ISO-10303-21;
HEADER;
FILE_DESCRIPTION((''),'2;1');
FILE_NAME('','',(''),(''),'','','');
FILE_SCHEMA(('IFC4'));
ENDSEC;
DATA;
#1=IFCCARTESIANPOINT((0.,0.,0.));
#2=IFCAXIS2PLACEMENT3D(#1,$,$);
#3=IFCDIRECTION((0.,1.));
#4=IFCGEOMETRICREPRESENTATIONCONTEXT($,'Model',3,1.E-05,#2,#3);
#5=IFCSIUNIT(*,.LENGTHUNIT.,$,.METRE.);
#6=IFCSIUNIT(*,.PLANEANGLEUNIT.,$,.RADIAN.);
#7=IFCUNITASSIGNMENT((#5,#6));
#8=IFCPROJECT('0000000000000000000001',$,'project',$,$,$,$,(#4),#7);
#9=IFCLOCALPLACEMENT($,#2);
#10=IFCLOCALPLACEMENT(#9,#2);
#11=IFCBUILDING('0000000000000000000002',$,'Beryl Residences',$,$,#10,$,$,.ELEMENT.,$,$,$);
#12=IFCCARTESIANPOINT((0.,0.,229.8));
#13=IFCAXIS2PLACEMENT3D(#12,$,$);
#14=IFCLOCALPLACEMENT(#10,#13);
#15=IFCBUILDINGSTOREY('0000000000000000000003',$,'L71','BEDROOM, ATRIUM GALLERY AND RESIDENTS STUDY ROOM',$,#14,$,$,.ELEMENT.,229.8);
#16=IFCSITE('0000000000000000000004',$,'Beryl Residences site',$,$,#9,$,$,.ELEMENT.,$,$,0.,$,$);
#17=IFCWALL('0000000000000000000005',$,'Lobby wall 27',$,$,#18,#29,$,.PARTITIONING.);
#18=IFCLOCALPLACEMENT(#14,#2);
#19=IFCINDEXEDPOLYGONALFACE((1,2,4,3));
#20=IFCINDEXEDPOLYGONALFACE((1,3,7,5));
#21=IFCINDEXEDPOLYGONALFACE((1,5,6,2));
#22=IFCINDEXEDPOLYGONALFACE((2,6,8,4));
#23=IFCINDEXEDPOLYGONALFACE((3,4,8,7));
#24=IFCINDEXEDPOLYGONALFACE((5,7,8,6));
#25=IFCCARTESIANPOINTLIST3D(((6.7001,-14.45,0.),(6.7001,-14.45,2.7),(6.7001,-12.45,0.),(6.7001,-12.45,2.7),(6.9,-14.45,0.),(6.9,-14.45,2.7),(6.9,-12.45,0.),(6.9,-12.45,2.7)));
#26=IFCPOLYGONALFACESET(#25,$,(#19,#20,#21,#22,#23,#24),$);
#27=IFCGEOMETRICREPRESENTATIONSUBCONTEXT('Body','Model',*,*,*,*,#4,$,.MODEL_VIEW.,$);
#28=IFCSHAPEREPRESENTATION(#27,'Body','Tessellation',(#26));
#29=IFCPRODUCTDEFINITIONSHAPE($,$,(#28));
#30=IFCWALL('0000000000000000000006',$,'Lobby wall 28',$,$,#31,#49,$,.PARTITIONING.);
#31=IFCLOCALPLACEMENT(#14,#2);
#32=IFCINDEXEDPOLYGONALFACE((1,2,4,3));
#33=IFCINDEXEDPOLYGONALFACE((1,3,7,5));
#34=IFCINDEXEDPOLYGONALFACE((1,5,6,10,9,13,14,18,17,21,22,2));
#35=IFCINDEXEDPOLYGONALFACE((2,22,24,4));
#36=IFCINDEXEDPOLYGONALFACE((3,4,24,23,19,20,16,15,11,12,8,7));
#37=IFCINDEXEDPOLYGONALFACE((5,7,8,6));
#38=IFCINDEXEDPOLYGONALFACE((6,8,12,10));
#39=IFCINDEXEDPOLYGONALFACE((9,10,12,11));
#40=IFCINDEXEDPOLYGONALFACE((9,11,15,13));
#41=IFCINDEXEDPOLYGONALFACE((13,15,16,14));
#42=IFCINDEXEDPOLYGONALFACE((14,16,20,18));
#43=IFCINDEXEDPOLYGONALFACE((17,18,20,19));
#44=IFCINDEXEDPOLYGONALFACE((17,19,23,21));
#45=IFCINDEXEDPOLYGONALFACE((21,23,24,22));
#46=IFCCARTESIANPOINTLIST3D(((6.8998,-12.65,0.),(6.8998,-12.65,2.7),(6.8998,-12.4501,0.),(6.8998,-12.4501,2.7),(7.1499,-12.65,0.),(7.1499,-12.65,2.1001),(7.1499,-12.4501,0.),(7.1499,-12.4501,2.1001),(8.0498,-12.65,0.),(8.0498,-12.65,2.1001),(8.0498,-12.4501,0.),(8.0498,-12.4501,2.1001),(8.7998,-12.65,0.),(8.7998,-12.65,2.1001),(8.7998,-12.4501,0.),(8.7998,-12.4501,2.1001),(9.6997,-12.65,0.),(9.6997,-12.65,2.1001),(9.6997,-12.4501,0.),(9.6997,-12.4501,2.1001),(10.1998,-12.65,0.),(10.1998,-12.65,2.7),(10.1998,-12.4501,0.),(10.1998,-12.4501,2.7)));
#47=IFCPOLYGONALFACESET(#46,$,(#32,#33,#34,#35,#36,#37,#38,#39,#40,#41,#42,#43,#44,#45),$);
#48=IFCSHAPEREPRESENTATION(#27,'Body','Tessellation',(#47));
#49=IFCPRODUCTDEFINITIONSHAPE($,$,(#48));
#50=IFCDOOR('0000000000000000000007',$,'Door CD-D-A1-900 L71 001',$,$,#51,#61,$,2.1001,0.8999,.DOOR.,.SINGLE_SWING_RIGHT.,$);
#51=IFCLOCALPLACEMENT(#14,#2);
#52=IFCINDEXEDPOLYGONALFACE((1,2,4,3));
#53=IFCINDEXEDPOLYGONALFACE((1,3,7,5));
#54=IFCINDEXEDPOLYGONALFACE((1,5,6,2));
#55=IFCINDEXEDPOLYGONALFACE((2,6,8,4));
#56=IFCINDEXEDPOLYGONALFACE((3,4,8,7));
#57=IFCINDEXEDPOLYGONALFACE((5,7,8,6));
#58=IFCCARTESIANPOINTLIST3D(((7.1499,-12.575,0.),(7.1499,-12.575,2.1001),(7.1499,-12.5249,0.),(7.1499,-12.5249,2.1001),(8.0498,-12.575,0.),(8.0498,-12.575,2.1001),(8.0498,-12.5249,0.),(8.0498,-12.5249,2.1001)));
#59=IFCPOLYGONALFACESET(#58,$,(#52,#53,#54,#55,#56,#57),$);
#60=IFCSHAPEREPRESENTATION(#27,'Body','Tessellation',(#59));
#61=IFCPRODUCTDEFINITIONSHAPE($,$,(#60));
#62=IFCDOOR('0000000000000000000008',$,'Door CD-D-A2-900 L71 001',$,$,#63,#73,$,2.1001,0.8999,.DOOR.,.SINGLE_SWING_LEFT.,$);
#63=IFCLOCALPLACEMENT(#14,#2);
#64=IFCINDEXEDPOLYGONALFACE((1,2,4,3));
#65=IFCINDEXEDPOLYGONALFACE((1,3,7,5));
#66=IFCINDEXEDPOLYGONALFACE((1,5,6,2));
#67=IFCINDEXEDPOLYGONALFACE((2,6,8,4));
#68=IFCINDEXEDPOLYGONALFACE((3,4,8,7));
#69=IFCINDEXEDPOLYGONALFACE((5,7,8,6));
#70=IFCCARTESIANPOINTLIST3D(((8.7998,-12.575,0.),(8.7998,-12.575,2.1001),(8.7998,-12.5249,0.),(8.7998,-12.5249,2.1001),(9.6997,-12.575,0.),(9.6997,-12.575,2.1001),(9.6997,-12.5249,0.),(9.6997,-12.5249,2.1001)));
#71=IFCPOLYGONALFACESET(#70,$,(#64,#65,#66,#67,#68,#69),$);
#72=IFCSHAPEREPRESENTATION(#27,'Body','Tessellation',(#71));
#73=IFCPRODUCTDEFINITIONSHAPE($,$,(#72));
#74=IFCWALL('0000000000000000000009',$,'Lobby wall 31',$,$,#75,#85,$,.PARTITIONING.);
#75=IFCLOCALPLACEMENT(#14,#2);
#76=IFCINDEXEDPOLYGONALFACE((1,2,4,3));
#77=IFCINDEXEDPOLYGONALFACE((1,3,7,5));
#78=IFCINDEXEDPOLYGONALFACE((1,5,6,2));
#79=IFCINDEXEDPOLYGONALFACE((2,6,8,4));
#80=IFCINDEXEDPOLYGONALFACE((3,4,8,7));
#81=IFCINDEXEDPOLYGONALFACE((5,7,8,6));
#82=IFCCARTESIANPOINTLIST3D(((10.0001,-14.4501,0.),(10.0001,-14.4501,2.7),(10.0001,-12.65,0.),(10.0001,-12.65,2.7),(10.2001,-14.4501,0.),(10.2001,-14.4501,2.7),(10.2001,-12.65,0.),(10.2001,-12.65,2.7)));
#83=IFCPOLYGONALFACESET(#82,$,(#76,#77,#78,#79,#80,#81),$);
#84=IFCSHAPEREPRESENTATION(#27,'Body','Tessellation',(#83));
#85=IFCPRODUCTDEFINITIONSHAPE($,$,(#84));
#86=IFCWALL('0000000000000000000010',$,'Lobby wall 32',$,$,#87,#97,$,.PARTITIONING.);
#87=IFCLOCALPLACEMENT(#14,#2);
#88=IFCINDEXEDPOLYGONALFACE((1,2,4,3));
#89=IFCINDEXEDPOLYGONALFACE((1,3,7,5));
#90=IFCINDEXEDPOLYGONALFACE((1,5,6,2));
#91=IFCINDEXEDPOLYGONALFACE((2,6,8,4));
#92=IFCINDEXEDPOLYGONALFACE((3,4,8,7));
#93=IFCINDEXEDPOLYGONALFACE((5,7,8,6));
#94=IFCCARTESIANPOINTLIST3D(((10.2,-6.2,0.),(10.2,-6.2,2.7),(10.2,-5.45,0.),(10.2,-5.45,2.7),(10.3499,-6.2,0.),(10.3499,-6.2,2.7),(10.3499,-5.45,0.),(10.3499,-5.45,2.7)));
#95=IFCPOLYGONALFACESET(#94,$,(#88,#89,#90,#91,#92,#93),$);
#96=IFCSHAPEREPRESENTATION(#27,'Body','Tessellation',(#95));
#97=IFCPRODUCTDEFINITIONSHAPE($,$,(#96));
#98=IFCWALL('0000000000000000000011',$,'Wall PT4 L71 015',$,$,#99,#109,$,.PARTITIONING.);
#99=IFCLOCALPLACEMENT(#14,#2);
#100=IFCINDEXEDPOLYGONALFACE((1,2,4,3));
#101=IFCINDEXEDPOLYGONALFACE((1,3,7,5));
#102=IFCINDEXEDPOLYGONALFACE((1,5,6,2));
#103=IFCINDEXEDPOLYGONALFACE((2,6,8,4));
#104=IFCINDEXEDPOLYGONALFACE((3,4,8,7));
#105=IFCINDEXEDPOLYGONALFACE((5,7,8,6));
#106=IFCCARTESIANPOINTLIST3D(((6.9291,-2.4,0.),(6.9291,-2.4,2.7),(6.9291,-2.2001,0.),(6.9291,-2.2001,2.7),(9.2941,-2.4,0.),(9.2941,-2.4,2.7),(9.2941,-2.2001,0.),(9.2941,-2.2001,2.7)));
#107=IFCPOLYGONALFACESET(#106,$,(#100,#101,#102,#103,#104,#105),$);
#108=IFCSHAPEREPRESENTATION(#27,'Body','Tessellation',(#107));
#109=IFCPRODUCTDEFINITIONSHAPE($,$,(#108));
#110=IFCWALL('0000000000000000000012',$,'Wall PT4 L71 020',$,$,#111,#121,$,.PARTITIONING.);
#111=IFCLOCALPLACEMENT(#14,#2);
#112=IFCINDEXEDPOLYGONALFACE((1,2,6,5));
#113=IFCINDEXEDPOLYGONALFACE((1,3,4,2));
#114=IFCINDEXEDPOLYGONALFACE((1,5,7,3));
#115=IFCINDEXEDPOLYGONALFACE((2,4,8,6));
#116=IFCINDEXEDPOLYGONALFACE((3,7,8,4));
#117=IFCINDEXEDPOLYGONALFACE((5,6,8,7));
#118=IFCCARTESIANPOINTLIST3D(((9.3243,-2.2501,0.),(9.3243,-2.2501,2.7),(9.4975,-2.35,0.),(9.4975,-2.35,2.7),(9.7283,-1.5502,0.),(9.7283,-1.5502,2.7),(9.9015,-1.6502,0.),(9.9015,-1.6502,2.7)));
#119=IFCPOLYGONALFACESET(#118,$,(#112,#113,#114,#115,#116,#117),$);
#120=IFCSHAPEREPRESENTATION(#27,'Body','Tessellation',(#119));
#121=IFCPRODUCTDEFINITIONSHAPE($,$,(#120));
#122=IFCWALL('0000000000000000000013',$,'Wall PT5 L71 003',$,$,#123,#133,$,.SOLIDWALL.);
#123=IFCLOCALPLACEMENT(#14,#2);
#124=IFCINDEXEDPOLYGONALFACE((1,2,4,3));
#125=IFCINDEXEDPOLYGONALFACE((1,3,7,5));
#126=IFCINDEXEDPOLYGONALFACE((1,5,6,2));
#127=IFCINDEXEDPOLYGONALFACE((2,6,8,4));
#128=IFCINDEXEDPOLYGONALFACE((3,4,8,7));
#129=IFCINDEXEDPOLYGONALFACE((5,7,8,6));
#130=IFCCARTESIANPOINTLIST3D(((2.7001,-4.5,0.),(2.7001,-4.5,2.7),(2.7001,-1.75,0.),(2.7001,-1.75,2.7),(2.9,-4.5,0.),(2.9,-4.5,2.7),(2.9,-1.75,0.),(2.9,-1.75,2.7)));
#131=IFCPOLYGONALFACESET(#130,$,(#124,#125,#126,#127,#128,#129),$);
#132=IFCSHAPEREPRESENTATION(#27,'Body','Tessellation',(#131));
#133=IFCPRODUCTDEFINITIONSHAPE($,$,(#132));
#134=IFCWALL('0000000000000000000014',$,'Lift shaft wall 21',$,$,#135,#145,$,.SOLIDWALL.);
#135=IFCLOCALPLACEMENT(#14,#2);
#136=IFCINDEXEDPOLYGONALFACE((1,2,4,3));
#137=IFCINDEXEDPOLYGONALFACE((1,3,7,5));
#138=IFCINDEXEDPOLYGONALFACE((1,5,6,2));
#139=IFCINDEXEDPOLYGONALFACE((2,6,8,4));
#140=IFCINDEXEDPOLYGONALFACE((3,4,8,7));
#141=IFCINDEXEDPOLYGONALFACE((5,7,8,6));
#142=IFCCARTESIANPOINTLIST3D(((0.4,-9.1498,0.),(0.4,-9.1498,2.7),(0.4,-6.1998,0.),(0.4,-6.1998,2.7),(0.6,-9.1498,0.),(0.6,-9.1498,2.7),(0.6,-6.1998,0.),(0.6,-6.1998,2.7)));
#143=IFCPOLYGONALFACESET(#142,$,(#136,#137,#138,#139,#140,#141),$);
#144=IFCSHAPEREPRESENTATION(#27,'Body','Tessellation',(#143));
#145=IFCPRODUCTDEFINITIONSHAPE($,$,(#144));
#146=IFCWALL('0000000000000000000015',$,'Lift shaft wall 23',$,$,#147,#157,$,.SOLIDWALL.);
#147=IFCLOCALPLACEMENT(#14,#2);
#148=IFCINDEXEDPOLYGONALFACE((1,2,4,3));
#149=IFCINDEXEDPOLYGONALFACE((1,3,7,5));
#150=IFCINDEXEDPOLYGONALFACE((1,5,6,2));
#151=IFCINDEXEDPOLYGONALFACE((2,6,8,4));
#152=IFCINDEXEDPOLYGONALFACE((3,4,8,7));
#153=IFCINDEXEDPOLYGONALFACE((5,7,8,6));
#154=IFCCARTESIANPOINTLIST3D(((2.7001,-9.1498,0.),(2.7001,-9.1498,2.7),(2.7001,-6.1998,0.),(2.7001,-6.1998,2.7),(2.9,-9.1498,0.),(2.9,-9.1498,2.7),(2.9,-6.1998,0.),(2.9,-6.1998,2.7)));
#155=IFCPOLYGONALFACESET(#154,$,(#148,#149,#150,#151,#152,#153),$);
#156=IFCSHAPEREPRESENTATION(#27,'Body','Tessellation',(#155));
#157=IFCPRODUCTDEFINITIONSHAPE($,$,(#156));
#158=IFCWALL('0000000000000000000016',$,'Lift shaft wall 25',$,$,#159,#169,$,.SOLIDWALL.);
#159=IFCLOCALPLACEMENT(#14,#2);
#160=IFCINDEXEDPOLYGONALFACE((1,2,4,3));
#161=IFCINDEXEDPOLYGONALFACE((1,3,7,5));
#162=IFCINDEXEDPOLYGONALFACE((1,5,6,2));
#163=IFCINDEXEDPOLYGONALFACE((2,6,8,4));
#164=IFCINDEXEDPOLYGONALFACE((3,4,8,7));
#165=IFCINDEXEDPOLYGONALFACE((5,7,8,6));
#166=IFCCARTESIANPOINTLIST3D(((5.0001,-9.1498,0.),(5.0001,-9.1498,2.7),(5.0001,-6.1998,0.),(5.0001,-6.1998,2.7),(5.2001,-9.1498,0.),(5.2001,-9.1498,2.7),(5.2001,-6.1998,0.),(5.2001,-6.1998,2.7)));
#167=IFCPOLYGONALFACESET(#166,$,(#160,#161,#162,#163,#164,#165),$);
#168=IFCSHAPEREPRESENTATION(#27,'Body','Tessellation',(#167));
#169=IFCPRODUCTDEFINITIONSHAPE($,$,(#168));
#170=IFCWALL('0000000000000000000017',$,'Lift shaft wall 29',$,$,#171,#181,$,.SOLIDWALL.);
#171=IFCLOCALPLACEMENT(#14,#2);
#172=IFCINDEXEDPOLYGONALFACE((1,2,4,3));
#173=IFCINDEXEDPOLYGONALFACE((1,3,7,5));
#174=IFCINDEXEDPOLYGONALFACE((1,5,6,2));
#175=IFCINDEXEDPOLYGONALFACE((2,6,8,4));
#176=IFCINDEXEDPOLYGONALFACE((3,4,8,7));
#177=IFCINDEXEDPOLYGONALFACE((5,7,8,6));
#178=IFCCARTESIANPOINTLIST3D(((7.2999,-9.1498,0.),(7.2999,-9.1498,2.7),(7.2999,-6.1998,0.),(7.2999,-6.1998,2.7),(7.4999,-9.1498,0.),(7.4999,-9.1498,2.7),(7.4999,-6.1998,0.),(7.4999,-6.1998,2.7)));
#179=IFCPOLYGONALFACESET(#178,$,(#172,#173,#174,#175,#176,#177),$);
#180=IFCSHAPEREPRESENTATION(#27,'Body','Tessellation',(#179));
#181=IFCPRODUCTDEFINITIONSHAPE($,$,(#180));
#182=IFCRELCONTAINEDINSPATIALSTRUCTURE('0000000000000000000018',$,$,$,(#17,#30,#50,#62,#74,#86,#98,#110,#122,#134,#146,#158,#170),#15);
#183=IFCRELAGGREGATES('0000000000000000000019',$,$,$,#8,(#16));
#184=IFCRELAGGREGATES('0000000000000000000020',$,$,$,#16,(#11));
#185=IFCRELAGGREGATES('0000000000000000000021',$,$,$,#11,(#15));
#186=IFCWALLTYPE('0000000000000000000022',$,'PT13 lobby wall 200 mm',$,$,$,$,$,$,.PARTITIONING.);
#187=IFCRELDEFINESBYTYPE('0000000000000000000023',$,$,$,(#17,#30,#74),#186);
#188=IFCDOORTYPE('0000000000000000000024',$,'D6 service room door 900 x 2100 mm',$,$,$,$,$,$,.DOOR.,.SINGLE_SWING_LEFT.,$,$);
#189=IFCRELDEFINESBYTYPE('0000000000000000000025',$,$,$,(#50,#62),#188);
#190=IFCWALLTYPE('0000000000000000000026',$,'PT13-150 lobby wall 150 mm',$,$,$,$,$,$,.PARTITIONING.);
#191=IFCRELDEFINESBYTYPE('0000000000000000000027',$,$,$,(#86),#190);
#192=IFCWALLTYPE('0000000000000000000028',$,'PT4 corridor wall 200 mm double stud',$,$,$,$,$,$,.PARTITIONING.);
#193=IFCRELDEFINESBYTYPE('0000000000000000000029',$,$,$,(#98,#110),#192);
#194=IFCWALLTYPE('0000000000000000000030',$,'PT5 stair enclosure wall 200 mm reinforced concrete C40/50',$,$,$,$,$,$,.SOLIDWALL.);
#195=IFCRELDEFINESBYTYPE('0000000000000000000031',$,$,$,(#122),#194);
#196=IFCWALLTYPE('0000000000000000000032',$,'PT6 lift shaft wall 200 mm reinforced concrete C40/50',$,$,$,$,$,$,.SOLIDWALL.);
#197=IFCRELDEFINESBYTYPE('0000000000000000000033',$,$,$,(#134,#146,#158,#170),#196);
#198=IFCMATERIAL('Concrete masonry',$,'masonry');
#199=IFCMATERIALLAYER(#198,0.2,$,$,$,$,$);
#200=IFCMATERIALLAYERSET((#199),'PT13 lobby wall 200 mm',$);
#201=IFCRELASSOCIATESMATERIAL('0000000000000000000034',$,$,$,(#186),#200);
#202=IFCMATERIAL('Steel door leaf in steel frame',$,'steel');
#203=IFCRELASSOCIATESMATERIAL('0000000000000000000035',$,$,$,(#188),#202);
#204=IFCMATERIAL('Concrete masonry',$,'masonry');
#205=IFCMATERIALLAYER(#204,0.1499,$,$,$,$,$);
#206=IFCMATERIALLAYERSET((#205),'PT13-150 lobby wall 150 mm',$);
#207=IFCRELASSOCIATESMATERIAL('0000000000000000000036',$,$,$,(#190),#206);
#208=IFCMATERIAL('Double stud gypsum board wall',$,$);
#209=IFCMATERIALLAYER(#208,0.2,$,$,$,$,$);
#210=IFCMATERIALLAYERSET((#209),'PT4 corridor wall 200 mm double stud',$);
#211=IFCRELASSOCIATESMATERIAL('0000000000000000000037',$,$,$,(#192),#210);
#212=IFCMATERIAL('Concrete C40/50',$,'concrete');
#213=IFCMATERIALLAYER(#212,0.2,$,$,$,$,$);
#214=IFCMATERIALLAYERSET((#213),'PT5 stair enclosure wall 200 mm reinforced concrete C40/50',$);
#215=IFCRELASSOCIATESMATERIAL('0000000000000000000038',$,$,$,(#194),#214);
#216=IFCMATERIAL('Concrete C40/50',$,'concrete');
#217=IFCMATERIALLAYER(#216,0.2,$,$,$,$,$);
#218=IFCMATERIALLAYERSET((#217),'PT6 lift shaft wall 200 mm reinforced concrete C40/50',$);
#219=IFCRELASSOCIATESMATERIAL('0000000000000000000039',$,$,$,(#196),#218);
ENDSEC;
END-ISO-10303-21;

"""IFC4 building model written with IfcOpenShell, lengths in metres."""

from ifc_helpers import new_model, si_unit, direction, frame, frame_2d, origin, place, context, subcontext, project, spatial, rectangle, extrude, material, layer, layer_set, type_object, element, fill, save


model = new_model("IFC4")

# Units and contexts
model_context = context("Model", 3, precision=1e-05, world=origin(), true_north=direction((0.0, 1.0)))
body_context = subcontext(model_context, "Body", "Model", "MODEL_VIEW")
ifc_project = project(units=[si_unit("LENGTHUNIT", "METRE"), si_unit("PLANEANGLEUNIT", "RADIAN")], contexts=[model_context])

# Site, building, storey
site_placement = place(None, origin())
site = spatial("IfcSite", under=ifc_project, at=site_placement, Name="Beryl Residences site", CompositionType="ELEMENT", RefElevation=0.0)
building_placement = place(site_placement, origin())
building = spatial("IfcBuilding", under=site, at=building_placement, Name="Beryl Residences", CompositionType="ELEMENT")
storey_placement = place(building_placement, frame((0.0, 0.0, 229.8)))
storey = spatial("IfcBuildingStorey", under=building, at=storey_placement, Name="L71", Description="BEDROOM, ATRIUM GALLERY AND RESIDENTS STUDY ROOM", CompositionType="ELEMENT", Elevation=229.8)

# Wall
ifc_material_1 = material(Name="Concrete masonry", Category="masonry")
ifc_layer_1 = layer(ifc_material_1, 0.2)
ifc_layer_set_1 = layer_set([ifc_layer_1], Name="PT13 lobby wall 200 mm")
wall_type_1 = type_object("IfcWallType", Name="PT13 lobby wall 200 mm", PredefinedType="PARTITIONING", material=ifc_layer_set_1)
wall_1_placement = place(storey_placement, frame((6.8, -14.45, 0.0), z_axis=(0.0, 0.0, 1.0), x_axis=(0.0, 1.0, 0.0)))
element("IfcWall", 1, at=wall_1_placement, inside=storey, type_object=wall_type_1, Name="Lobby wall 27", PredefinedType="PARTITIONING", context=body_context, shape_type="SweptSolid", body=[
    extrude(rectangle(XDim=2.0, YDim=0.2, at=frame_2d((1.0, 0.0))), origin(), (0.0, 0.0, 1.0), 2.7),
])

# Wall, openings, doors
wall_2_placement = place(storey_placement, frame((6.8999, -12.55, 0.0), z_axis=(0.0, 0.0, 1.0), x_axis=(1.0, 0.0, 0.0)))
wall_2 = element("IfcWall", 2, at=wall_2_placement, inside=storey, type_object=wall_type_1, Name="Lobby wall 28", PredefinedType="PARTITIONING", context=body_context, shape_type="SweptSolid", body=[
    extrude(rectangle(XDim=3.3, YDim=0.2, at=frame_2d((1.6499, 0.0))), origin(), (0.0, 0.0, 1.0), 2.7),
])
opening_1_placement = place(wall_2_placement, frame((1.1499, 0.0, 0.0), z_axis=(0.0, 0.0, 1.0), x_axis=(-1.0, 0.0, 0.0)))
opening_1 = element("IfcOpeningElement", 3, at=opening_1_placement, cuts=wall_2, PredefinedType="OPENING", context=body_context, shape_type="SweptSolid", body=[
    extrude(rectangle(XDim=0.8999, YDim=2.1001, at=frame_2d((0.45, 1.05))), frame((0.0, 0.1099, 0.0), z_axis=(0.0, -1.0, 0.0), x_axis=(1.0, 0.0, 0.0)), (0.0, 0.0, 1.0), 0.22),
])
opening_2_placement = place(wall_2_placement, frame((2.7998, 0.0, 0.0), z_axis=(0.0, 0.0, 1.0), x_axis=(-1.0, 0.0, 0.0)))
opening_2 = element("IfcOpeningElement", 4, at=opening_2_placement, cuts=wall_2, PredefinedType="OPENING", context=body_context, shape_type="SweptSolid", body=[
    extrude(rectangle(XDim=0.8999, YDim=2.1001, at=frame_2d((0.45, 1.05))), frame((0.0, 0.1099, 0.0), z_axis=(0.0, -1.0, 0.0), x_axis=(1.0, 0.0, 0.0)), (0.0, 0.0, 1.0), 0.22),
])
ifc_material_2 = material(Name="Steel door leaf in steel frame", Category="steel")
door_type = type_object("IfcDoorType", Name="D6 service room door 900 x 2100 mm", OperationType="SINGLE_SWING_LEFT", PredefinedType="DOOR", material=ifc_material_2)
door_1_placement = place(opening_1_placement, origin())
door_1 = element("IfcDoor", 5, at=door_1_placement, inside=storey, type_object=door_type, Name="Door CD-D-A1-900 L71 001", OperationType="SINGLE_SWING_RIGHT", OverallHeight=2.1001, OverallWidth=0.8999, PredefinedType="DOOR", context=body_context, shape_type="SweptSolid", body=[
    extrude(rectangle(XDim=0.8999, YDim=2.1001, at=frame_2d((0.45, 1.05))), frame((0.0, 0.0249, 0.0), z_axis=(0.0, -1.0, 0.0), x_axis=(1.0, 0.0, 0.0)), (0.0, 0.0, 1.0), 0.05),
])
fill(opening_1, door_1)
door_2_placement = place(opening_2_placement, origin())
door_2 = element("IfcDoor", 6, at=door_2_placement, inside=storey, type_object=door_type, Name="Door CD-D-A2-900 L71 001", OperationType="SINGLE_SWING_LEFT", OverallHeight=2.1001, OverallWidth=0.8999, PredefinedType="DOOR", context=body_context, shape_type="SweptSolid", body=[
    extrude(rectangle(XDim=0.8999, YDim=2.1001, at=frame_2d((0.45, 1.05))), frame((0.0, 0.0249, 0.0), z_axis=(0.0, -1.0, 0.0), x_axis=(1.0, 0.0, 0.0)), (0.0, 0.0, 1.0), 0.05),
])
fill(opening_2, door_2)

# Walls
wall_3_placement = place(storey_placement, frame((10.1001, -14.45, 0.0), z_axis=(0.0, 0.0, 1.0), x_axis=(0.0, 1.0, 0.0)))
element("IfcWall", 7, at=wall_3_placement, inside=storey, type_object=wall_type_1, Name="Lobby wall 31", PredefinedType="PARTITIONING", context=body_context, shape_type="SweptSolid", body=[
    extrude(rectangle(XDim=1.8, YDim=0.2, at=frame_2d((0.8999, 0.0))), origin(), (0.0, 0.0, 1.0), 2.7),
])
ifc_material_3 = material(Name="Concrete masonry", Category="masonry")
ifc_layer_2 = layer(ifc_material_3, 0.1499)
ifc_layer_set_2 = layer_set([ifc_layer_2], Name="PT13-150 lobby wall 150 mm")
wall_type_2 = type_object("IfcWallType", Name="PT13-150 lobby wall 150 mm", PredefinedType="PARTITIONING", material=ifc_layer_set_2)
wall_4_placement = place(storey_placement, frame((10.2749, -6.2, 0.0), z_axis=(0.0, 0.0, 1.0), x_axis=(0.0, 1.0, 0.0)))
element("IfcWall", 8, at=wall_4_placement, inside=storey, type_object=wall_type_2, Name="Lobby wall 32", PredefinedType="PARTITIONING", context=body_context, shape_type="SweptSolid", body=[
    extrude(rectangle(XDim=0.75, YDim=0.1499, at=frame_2d((0.375, 0.0))), origin(), (0.0, 0.0, 1.0), 2.7),
])
ifc_material_4 = material(Name="Double stud gypsum board wall")
ifc_layer_3 = layer(ifc_material_4, 0.2)
ifc_layer_set_3 = layer_set([ifc_layer_3], Name="PT4 corridor wall 200 mm double stud")
wall_type_3 = type_object("IfcWallType", Name="PT4 corridor wall 200 mm double stud", PredefinedType="PARTITIONING", material=ifc_layer_set_3)
wall_5_placement = place(storey_placement, frame((6.929, -2.3, 0.0), z_axis=(0.0, 0.0, 1.0), x_axis=(1.0, 0.0, 0.0)))
element("IfcWall", 9, at=wall_5_placement, inside=storey, type_object=wall_type_3, Name="Wall PT4 L71 015", PredefinedType="PARTITIONING", context=body_context, shape_type="SweptSolid", body=[
    extrude(rectangle(XDim=2.365, YDim=0.2, at=frame_2d((1.1826, 0.0))), origin(), (0.0, 0.0, 1.0), 2.7),
])
wall_6_placement = place(storey_placement, frame((9.4109, -2.3, 0.0), z_axis=(0.0, 0.0, 1.0), x_axis=(0.49994, 0.86606, 0.0)))
element("IfcWall", 10, at=wall_6_placement, inside=storey, type_object=wall_type_3, Name="Wall PT4 L71 020", PredefinedType="PARTITIONING", context=body_context, shape_type="SweptSolid", body=[
    extrude(rectangle(XDim=0.8081, YDim=0.2, at=frame_2d((0.4041, 0.0))), origin(), (0.0, 0.0, 1.0), 2.7),
])
ifc_material_5 = material(Name="Concrete C40/50", Category="concrete")
ifc_layer_4 = layer(ifc_material_5, 0.2)
ifc_layer_set_4 = layer_set([ifc_layer_4], Name="PT5 stair enclosure wall 200 mm reinforced concrete C40/50")
wall_type_4 = type_object("IfcWallType", Name="PT5 stair enclosure wall 200 mm reinforced concrete C40/50", PredefinedType="SOLIDWALL", material=ifc_layer_set_4)
wall_7_placement = place(storey_placement, frame((2.8, -4.5, 0.0), z_axis=(0.0, 0.0, 1.0), x_axis=(0.0, 1.0, 0.0)))
element("IfcWall", 11, at=wall_7_placement, inside=storey, type_object=wall_type_4, Name="Wall PT5 L71 003", PredefinedType="SOLIDWALL", context=body_context, shape_type="SweptSolid", body=[
    extrude(rectangle(XDim=2.75, YDim=0.2, at=frame_2d((1.375, 0.0))), origin(), (0.0, 0.0, 1.0), 2.7),
])
ifc_material_6 = material(Name="Concrete C40/50", Category="concrete")
ifc_layer_5 = layer(ifc_material_6, 0.2)
ifc_layer_set_5 = layer_set([ifc_layer_5], Name="PT6 lift shaft wall 200 mm reinforced concrete C40/50")
wall_type_5 = type_object("IfcWallType", Name="PT6 lift shaft wall 200 mm reinforced concrete C40/50", PredefinedType="SOLIDWALL", material=ifc_layer_set_5)
for number, where, z_axis, x_axis, name in (
    (12, (0.5, -9.1499, 0.0), (0.0, 0.0, 1.0), (0.0, 1.0, 0.0), "Lift shaft wall 21"),
    (13, (2.8, -9.1499, 0.0), (0.0, 0.0, 1.0), (0.0, 1.0, 0.0), "Lift shaft wall 23"),
    (14, (5.1001, -9.1499, 0.0), (0.0, 0.0, 1.0), (0.0, 1.0, 0.0), "Lift shaft wall 25"),
    (15, (7.3999, -9.1499, 0.0), (0.0, 0.0, 1.0), (0.0, 1.0, 0.0), "Lift shaft wall 29"),
):
    element("IfcWall", number, at=place(storey_placement, frame(where, z_axis=z_axis, x_axis=x_axis)), inside=storey, type_object=wall_type_5, Name=name, PredefinedType="SOLIDWALL", context=body_context, shape_type="SweptSolid", body=[
        extrude(rectangle(XDim=2.95, YDim=0.2, at=frame_2d((1.4751, 0.0))), origin(), (0.0, 0.0, 1.0), 2.7),
    ])

save(model, "model.ifc")
